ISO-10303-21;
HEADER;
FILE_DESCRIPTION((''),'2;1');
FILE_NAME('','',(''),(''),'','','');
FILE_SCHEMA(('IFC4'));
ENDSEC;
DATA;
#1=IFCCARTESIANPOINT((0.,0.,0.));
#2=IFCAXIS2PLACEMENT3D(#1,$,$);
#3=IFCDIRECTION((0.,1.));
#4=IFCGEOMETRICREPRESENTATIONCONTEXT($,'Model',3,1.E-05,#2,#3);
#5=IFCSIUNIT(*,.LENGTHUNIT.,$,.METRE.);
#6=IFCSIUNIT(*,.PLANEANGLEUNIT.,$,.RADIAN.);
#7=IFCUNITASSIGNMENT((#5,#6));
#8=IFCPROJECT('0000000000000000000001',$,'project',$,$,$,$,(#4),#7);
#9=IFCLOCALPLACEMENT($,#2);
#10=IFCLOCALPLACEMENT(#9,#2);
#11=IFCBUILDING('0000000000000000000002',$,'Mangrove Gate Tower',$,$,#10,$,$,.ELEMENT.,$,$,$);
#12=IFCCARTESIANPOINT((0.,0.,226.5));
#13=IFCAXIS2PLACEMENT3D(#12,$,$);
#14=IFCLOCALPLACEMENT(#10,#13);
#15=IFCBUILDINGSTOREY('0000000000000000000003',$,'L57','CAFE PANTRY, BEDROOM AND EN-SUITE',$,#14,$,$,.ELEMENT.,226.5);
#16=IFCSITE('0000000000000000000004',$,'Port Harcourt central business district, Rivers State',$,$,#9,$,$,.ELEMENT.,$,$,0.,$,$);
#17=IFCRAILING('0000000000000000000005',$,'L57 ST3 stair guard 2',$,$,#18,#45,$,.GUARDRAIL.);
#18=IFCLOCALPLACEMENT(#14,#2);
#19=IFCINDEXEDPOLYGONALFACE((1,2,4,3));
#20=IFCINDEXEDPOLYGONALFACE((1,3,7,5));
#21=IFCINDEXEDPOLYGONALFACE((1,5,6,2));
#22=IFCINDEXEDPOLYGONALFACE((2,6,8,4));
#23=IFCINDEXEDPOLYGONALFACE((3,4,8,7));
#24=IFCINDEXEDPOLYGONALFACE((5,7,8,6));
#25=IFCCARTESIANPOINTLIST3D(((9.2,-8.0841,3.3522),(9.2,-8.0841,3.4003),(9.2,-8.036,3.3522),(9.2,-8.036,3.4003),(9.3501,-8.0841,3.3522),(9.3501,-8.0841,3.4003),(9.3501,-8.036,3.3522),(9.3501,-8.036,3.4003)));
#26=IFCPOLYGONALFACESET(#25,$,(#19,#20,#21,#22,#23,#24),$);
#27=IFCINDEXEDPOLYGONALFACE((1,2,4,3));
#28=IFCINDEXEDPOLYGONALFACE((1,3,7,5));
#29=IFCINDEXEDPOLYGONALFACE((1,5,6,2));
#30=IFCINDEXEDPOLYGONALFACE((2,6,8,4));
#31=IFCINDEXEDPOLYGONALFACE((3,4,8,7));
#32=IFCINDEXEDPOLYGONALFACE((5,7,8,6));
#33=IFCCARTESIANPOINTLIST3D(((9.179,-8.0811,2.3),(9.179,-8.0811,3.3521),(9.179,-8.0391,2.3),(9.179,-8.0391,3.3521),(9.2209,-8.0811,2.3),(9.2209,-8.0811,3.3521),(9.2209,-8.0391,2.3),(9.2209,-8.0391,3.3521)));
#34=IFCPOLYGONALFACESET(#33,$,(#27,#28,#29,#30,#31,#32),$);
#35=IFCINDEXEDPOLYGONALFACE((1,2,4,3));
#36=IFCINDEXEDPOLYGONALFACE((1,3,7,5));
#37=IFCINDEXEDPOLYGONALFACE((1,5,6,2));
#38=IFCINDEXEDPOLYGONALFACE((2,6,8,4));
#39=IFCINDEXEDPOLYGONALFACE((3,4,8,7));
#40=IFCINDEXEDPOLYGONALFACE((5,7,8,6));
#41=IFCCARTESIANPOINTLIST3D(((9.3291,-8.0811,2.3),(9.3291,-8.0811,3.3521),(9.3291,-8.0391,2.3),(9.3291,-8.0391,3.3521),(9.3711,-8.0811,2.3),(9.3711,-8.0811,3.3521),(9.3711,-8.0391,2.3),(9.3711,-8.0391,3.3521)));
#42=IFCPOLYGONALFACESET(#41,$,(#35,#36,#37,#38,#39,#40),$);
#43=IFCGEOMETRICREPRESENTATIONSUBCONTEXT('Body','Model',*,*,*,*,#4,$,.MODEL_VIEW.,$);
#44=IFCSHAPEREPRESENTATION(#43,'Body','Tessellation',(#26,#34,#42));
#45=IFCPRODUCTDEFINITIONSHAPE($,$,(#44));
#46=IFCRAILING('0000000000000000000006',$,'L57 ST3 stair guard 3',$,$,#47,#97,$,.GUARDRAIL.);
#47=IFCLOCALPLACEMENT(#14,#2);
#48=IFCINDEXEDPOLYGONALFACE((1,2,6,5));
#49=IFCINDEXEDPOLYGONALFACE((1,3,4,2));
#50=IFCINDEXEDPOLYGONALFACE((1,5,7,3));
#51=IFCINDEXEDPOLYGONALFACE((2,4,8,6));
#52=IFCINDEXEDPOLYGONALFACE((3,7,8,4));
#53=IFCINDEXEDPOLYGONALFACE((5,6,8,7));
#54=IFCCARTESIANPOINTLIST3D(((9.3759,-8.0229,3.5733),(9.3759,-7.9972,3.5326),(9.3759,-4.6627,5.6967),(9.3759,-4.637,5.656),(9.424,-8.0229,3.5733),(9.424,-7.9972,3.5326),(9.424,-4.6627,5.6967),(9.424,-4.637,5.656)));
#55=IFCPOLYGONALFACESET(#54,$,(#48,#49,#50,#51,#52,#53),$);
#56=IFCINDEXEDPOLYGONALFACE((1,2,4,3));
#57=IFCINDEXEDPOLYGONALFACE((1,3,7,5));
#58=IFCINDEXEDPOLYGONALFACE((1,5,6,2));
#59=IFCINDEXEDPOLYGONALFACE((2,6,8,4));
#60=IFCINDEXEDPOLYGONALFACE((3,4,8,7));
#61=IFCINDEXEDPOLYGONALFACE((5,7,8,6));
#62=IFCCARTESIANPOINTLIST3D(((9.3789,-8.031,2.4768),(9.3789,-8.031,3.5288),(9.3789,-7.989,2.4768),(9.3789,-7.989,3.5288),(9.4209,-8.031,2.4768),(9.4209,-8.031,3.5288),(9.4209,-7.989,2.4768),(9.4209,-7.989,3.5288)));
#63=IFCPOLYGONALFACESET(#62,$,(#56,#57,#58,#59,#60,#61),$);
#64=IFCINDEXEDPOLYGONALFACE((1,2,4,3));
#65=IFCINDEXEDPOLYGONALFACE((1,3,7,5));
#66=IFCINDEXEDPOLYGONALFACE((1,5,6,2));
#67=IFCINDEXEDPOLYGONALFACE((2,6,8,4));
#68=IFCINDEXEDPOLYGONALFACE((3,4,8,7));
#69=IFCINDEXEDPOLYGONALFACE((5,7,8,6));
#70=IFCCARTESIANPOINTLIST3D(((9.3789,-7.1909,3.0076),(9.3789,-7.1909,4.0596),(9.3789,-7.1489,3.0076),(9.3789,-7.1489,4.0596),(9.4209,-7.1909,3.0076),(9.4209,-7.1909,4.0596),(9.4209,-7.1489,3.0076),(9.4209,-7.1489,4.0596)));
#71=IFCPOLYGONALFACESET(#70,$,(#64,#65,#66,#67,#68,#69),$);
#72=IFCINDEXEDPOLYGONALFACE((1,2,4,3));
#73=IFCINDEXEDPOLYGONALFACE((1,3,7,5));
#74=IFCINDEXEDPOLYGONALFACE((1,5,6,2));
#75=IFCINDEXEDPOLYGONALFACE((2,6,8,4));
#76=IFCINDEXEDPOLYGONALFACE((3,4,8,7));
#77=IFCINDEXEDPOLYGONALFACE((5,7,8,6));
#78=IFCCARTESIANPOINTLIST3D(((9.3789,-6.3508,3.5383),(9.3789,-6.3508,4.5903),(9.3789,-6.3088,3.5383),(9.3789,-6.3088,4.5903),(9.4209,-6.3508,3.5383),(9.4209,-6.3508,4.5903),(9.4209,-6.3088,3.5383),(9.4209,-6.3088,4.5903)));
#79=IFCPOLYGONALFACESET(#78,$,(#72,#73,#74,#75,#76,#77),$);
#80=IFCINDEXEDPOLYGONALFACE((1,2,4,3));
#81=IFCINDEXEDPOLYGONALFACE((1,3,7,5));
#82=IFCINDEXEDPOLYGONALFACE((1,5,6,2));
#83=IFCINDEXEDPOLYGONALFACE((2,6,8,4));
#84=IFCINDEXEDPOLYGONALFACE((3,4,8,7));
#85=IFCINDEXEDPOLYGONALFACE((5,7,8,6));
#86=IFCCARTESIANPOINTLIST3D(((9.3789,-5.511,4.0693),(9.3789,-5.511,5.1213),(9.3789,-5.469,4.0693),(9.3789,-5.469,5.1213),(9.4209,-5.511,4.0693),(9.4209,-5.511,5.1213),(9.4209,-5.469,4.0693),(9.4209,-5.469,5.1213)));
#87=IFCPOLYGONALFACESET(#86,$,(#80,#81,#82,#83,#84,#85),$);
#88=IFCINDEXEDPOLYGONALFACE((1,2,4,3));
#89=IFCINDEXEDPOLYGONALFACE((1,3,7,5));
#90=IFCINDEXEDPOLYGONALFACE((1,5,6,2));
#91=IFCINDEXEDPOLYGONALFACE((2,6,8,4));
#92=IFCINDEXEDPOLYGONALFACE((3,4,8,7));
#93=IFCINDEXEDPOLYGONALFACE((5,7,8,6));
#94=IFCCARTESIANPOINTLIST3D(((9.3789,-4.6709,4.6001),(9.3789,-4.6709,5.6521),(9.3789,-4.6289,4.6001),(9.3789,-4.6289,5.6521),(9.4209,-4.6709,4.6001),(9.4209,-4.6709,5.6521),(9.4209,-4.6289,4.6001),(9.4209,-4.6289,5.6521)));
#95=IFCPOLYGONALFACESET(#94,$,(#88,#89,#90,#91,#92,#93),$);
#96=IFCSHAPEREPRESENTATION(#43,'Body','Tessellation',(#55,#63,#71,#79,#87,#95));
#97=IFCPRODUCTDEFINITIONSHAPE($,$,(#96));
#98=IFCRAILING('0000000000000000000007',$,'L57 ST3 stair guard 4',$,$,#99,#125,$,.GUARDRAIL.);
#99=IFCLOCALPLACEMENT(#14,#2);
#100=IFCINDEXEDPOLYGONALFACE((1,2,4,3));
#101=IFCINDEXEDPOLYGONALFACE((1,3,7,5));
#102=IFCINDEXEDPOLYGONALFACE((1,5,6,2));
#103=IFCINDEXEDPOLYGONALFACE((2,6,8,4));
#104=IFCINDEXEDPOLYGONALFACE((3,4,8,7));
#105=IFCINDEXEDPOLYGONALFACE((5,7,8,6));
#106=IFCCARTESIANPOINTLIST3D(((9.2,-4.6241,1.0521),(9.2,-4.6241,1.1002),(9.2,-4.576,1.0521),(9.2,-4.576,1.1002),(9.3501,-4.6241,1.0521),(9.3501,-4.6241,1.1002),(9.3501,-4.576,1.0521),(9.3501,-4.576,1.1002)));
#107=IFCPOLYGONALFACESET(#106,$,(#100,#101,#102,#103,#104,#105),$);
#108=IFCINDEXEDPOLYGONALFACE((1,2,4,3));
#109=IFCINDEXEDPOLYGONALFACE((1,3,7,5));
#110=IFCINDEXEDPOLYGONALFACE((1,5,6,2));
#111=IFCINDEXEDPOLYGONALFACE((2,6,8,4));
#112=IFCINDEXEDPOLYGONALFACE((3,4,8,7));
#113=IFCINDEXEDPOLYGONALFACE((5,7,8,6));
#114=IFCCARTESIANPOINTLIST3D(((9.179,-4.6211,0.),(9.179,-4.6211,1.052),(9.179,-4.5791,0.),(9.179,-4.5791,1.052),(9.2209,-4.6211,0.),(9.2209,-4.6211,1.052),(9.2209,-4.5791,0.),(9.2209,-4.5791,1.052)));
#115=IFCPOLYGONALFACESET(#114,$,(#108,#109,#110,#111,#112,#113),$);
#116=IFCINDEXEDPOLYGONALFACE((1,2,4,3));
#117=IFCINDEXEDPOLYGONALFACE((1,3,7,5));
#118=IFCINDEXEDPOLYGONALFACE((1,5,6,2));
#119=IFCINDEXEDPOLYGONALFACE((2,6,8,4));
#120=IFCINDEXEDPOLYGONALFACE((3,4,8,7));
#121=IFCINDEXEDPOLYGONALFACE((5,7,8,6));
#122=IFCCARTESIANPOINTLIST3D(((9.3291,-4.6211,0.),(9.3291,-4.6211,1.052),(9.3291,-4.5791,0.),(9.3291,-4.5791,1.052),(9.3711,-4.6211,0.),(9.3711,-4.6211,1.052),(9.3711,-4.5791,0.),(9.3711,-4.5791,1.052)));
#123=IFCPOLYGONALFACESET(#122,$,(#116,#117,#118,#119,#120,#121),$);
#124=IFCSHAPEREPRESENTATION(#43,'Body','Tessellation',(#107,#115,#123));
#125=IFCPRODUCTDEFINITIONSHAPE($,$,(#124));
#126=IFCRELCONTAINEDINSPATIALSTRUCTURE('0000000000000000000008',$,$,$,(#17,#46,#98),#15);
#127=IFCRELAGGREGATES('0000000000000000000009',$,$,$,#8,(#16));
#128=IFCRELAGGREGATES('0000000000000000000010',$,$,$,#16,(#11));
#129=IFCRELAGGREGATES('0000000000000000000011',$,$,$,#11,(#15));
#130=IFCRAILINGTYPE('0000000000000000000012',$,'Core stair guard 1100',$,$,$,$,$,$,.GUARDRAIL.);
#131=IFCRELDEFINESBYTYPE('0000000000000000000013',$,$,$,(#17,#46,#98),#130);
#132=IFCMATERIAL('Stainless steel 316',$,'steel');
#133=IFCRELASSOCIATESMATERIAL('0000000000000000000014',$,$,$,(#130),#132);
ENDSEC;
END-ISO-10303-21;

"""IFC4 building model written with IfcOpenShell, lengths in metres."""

from ifc_helpers import new_model, si_unit, direction, frame, origin, origin_2d, place, context, subcontext, project, spatial, rectangle, extrude, material, type_object, element, save


model = new_model("IFC4")

# Units and contexts
model_context = context("Model", 3, precision=1e-05, world=origin(), true_north=direction((0.0, 1.0)))
body_context = subcontext(model_context, "Body", "Model", "MODEL_VIEW")
ifc_project = project(units=[si_unit("LENGTHUNIT", "METRE"), si_unit("PLANEANGLEUNIT", "RADIAN")], contexts=[model_context])

# Site, building, storey
site_placement = place(None, origin())
site = spatial("IfcSite", under=ifc_project, at=site_placement, Name="Port Harcourt central business district, Rivers State", CompositionType="ELEMENT", RefElevation=0.0)
building_placement = place(site_placement, origin())
building = spatial("IfcBuilding", under=site, at=building_placement, Name="Mangrove Gate Tower", CompositionType="ELEMENT")
storey_placement = place(building_placement, frame((0.0, 0.0, 226.5)))
storey = spatial("IfcBuildingStorey", under=building, at=storey_placement, Name="L57", Description="CAFE PANTRY, BEDROOM AND EN-SUITE", CompositionType="ELEMENT", Elevation=226.5)

# Railings
ifc_material_1 = material(Name="Stainless steel 316", Category="steel")
railing_type_1 = type_object("IfcRailingType", Name="Core stair guard 1100", PredefinedType="GUARDRAIL", material=ifc_material_1)
railing_1_placement = place(storey_placement, frame((9.2, -8.0601, 2.3)))
element("IfcRailing", 1, at=railing_1_placement, inside=storey, type_object=railing_type_1, Name="L57 ST3 stair guard 2", PredefinedType="GUARDRAIL", context=body_context, shape_type="SweptSolid", body=[
    extrude(rectangle(XDim=0.0481, YDim=0.0481, at=origin_2d()), frame((0.0, 0.0, 1.0762), z_axis=(1.0, 0.0, 0.0), x_axis=(0.0, 1.0, 0.0)), (0.0, 0.0, 1.0), 0.1501),
    extrude(rectangle(XDim=0.042, YDim=0.042, at=origin_2d()), origin(), (0.0, 0.0, 1.0), 1.052),
    extrude(rectangle(XDim=0.042, YDim=0.042, at=origin_2d()), frame((0.1501, 0.0, 0.0)), (0.0, 0.0, 1.0), 1.052),
])
railing_2_placement = place(storey_placement, frame((9.3999, -8.01, 2.4768)))
element("IfcRailing", 2, at=railing_2_placement, inside=storey, type_object=railing_type_1, Name="L57 ST3 stair guard 3", PredefinedType="GUARDRAIL", context=body_context, shape_type="SweptSolid", body=[
    extrude(rectangle(XDim=0.0481, YDim=0.0481, at=origin_2d()), frame((0.0, 0.0, 1.0762), z_axis=(0.0, 0.845362, 0.534194), x_axis=(-1.0, 0.0, 0.0)), (0.0, 0.0, 1.0), 3.9749),
    extrude(rectangle(XDim=0.042, YDim=0.042, at=origin_2d()), origin(), (0.0, 0.0, 1.0), 1.052),
    extrude(rectangle(XDim=0.042, YDim=0.042, at=origin_2d()), frame((0.0, 0.8401, 0.5308)), (0.0, 0.0, 1.0), 1.052),
    extrude(rectangle(XDim=0.042, YDim=0.042, at=origin_2d()), frame((0.0, 1.6802, 1.0615)), (0.0, 0.0, 1.0), 1.052),
    extrude(rectangle(XDim=0.042, YDim=0.042, at=origin_2d()), frame((0.0, 2.52, 1.5925)), (0.0, 0.0, 1.0), 1.052),
    extrude(rectangle(XDim=0.042, YDim=0.042, at=origin_2d()), frame((0.0, 3.3601, 2.1233)), (0.0, 0.0, 1.0), 1.052),
])
railing_3_placement = place(storey_placement, frame((9.2, -4.6001, 0.0)))
element("IfcRailing", 3, at=railing_3_placement, inside=storey, type_object=railing_type_1, Name="L57 ST3 stair guard 4", PredefinedType="GUARDRAIL", context=body_context, shape_type="SweptSolid", body=[
    extrude(rectangle(XDim=0.0481, YDim=0.0481, at=origin_2d()), frame((0.0, 0.0, 1.0762), z_axis=(1.0, 0.0, 0.0), x_axis=(0.0, 1.0, 0.0)), (0.0, 0.0, 1.0), 0.1501),
    extrude(rectangle(XDim=0.042, YDim=0.042, at=origin_2d()), origin(), (0.0, 0.0, 1.0), 1.052),
    extrude(rectangle(XDim=0.042, YDim=0.042, at=origin_2d()), frame((0.1501, 0.0, 0.0)), (0.0, 0.0, 1.0), 1.052),
])

save(model, "model.ifc")
